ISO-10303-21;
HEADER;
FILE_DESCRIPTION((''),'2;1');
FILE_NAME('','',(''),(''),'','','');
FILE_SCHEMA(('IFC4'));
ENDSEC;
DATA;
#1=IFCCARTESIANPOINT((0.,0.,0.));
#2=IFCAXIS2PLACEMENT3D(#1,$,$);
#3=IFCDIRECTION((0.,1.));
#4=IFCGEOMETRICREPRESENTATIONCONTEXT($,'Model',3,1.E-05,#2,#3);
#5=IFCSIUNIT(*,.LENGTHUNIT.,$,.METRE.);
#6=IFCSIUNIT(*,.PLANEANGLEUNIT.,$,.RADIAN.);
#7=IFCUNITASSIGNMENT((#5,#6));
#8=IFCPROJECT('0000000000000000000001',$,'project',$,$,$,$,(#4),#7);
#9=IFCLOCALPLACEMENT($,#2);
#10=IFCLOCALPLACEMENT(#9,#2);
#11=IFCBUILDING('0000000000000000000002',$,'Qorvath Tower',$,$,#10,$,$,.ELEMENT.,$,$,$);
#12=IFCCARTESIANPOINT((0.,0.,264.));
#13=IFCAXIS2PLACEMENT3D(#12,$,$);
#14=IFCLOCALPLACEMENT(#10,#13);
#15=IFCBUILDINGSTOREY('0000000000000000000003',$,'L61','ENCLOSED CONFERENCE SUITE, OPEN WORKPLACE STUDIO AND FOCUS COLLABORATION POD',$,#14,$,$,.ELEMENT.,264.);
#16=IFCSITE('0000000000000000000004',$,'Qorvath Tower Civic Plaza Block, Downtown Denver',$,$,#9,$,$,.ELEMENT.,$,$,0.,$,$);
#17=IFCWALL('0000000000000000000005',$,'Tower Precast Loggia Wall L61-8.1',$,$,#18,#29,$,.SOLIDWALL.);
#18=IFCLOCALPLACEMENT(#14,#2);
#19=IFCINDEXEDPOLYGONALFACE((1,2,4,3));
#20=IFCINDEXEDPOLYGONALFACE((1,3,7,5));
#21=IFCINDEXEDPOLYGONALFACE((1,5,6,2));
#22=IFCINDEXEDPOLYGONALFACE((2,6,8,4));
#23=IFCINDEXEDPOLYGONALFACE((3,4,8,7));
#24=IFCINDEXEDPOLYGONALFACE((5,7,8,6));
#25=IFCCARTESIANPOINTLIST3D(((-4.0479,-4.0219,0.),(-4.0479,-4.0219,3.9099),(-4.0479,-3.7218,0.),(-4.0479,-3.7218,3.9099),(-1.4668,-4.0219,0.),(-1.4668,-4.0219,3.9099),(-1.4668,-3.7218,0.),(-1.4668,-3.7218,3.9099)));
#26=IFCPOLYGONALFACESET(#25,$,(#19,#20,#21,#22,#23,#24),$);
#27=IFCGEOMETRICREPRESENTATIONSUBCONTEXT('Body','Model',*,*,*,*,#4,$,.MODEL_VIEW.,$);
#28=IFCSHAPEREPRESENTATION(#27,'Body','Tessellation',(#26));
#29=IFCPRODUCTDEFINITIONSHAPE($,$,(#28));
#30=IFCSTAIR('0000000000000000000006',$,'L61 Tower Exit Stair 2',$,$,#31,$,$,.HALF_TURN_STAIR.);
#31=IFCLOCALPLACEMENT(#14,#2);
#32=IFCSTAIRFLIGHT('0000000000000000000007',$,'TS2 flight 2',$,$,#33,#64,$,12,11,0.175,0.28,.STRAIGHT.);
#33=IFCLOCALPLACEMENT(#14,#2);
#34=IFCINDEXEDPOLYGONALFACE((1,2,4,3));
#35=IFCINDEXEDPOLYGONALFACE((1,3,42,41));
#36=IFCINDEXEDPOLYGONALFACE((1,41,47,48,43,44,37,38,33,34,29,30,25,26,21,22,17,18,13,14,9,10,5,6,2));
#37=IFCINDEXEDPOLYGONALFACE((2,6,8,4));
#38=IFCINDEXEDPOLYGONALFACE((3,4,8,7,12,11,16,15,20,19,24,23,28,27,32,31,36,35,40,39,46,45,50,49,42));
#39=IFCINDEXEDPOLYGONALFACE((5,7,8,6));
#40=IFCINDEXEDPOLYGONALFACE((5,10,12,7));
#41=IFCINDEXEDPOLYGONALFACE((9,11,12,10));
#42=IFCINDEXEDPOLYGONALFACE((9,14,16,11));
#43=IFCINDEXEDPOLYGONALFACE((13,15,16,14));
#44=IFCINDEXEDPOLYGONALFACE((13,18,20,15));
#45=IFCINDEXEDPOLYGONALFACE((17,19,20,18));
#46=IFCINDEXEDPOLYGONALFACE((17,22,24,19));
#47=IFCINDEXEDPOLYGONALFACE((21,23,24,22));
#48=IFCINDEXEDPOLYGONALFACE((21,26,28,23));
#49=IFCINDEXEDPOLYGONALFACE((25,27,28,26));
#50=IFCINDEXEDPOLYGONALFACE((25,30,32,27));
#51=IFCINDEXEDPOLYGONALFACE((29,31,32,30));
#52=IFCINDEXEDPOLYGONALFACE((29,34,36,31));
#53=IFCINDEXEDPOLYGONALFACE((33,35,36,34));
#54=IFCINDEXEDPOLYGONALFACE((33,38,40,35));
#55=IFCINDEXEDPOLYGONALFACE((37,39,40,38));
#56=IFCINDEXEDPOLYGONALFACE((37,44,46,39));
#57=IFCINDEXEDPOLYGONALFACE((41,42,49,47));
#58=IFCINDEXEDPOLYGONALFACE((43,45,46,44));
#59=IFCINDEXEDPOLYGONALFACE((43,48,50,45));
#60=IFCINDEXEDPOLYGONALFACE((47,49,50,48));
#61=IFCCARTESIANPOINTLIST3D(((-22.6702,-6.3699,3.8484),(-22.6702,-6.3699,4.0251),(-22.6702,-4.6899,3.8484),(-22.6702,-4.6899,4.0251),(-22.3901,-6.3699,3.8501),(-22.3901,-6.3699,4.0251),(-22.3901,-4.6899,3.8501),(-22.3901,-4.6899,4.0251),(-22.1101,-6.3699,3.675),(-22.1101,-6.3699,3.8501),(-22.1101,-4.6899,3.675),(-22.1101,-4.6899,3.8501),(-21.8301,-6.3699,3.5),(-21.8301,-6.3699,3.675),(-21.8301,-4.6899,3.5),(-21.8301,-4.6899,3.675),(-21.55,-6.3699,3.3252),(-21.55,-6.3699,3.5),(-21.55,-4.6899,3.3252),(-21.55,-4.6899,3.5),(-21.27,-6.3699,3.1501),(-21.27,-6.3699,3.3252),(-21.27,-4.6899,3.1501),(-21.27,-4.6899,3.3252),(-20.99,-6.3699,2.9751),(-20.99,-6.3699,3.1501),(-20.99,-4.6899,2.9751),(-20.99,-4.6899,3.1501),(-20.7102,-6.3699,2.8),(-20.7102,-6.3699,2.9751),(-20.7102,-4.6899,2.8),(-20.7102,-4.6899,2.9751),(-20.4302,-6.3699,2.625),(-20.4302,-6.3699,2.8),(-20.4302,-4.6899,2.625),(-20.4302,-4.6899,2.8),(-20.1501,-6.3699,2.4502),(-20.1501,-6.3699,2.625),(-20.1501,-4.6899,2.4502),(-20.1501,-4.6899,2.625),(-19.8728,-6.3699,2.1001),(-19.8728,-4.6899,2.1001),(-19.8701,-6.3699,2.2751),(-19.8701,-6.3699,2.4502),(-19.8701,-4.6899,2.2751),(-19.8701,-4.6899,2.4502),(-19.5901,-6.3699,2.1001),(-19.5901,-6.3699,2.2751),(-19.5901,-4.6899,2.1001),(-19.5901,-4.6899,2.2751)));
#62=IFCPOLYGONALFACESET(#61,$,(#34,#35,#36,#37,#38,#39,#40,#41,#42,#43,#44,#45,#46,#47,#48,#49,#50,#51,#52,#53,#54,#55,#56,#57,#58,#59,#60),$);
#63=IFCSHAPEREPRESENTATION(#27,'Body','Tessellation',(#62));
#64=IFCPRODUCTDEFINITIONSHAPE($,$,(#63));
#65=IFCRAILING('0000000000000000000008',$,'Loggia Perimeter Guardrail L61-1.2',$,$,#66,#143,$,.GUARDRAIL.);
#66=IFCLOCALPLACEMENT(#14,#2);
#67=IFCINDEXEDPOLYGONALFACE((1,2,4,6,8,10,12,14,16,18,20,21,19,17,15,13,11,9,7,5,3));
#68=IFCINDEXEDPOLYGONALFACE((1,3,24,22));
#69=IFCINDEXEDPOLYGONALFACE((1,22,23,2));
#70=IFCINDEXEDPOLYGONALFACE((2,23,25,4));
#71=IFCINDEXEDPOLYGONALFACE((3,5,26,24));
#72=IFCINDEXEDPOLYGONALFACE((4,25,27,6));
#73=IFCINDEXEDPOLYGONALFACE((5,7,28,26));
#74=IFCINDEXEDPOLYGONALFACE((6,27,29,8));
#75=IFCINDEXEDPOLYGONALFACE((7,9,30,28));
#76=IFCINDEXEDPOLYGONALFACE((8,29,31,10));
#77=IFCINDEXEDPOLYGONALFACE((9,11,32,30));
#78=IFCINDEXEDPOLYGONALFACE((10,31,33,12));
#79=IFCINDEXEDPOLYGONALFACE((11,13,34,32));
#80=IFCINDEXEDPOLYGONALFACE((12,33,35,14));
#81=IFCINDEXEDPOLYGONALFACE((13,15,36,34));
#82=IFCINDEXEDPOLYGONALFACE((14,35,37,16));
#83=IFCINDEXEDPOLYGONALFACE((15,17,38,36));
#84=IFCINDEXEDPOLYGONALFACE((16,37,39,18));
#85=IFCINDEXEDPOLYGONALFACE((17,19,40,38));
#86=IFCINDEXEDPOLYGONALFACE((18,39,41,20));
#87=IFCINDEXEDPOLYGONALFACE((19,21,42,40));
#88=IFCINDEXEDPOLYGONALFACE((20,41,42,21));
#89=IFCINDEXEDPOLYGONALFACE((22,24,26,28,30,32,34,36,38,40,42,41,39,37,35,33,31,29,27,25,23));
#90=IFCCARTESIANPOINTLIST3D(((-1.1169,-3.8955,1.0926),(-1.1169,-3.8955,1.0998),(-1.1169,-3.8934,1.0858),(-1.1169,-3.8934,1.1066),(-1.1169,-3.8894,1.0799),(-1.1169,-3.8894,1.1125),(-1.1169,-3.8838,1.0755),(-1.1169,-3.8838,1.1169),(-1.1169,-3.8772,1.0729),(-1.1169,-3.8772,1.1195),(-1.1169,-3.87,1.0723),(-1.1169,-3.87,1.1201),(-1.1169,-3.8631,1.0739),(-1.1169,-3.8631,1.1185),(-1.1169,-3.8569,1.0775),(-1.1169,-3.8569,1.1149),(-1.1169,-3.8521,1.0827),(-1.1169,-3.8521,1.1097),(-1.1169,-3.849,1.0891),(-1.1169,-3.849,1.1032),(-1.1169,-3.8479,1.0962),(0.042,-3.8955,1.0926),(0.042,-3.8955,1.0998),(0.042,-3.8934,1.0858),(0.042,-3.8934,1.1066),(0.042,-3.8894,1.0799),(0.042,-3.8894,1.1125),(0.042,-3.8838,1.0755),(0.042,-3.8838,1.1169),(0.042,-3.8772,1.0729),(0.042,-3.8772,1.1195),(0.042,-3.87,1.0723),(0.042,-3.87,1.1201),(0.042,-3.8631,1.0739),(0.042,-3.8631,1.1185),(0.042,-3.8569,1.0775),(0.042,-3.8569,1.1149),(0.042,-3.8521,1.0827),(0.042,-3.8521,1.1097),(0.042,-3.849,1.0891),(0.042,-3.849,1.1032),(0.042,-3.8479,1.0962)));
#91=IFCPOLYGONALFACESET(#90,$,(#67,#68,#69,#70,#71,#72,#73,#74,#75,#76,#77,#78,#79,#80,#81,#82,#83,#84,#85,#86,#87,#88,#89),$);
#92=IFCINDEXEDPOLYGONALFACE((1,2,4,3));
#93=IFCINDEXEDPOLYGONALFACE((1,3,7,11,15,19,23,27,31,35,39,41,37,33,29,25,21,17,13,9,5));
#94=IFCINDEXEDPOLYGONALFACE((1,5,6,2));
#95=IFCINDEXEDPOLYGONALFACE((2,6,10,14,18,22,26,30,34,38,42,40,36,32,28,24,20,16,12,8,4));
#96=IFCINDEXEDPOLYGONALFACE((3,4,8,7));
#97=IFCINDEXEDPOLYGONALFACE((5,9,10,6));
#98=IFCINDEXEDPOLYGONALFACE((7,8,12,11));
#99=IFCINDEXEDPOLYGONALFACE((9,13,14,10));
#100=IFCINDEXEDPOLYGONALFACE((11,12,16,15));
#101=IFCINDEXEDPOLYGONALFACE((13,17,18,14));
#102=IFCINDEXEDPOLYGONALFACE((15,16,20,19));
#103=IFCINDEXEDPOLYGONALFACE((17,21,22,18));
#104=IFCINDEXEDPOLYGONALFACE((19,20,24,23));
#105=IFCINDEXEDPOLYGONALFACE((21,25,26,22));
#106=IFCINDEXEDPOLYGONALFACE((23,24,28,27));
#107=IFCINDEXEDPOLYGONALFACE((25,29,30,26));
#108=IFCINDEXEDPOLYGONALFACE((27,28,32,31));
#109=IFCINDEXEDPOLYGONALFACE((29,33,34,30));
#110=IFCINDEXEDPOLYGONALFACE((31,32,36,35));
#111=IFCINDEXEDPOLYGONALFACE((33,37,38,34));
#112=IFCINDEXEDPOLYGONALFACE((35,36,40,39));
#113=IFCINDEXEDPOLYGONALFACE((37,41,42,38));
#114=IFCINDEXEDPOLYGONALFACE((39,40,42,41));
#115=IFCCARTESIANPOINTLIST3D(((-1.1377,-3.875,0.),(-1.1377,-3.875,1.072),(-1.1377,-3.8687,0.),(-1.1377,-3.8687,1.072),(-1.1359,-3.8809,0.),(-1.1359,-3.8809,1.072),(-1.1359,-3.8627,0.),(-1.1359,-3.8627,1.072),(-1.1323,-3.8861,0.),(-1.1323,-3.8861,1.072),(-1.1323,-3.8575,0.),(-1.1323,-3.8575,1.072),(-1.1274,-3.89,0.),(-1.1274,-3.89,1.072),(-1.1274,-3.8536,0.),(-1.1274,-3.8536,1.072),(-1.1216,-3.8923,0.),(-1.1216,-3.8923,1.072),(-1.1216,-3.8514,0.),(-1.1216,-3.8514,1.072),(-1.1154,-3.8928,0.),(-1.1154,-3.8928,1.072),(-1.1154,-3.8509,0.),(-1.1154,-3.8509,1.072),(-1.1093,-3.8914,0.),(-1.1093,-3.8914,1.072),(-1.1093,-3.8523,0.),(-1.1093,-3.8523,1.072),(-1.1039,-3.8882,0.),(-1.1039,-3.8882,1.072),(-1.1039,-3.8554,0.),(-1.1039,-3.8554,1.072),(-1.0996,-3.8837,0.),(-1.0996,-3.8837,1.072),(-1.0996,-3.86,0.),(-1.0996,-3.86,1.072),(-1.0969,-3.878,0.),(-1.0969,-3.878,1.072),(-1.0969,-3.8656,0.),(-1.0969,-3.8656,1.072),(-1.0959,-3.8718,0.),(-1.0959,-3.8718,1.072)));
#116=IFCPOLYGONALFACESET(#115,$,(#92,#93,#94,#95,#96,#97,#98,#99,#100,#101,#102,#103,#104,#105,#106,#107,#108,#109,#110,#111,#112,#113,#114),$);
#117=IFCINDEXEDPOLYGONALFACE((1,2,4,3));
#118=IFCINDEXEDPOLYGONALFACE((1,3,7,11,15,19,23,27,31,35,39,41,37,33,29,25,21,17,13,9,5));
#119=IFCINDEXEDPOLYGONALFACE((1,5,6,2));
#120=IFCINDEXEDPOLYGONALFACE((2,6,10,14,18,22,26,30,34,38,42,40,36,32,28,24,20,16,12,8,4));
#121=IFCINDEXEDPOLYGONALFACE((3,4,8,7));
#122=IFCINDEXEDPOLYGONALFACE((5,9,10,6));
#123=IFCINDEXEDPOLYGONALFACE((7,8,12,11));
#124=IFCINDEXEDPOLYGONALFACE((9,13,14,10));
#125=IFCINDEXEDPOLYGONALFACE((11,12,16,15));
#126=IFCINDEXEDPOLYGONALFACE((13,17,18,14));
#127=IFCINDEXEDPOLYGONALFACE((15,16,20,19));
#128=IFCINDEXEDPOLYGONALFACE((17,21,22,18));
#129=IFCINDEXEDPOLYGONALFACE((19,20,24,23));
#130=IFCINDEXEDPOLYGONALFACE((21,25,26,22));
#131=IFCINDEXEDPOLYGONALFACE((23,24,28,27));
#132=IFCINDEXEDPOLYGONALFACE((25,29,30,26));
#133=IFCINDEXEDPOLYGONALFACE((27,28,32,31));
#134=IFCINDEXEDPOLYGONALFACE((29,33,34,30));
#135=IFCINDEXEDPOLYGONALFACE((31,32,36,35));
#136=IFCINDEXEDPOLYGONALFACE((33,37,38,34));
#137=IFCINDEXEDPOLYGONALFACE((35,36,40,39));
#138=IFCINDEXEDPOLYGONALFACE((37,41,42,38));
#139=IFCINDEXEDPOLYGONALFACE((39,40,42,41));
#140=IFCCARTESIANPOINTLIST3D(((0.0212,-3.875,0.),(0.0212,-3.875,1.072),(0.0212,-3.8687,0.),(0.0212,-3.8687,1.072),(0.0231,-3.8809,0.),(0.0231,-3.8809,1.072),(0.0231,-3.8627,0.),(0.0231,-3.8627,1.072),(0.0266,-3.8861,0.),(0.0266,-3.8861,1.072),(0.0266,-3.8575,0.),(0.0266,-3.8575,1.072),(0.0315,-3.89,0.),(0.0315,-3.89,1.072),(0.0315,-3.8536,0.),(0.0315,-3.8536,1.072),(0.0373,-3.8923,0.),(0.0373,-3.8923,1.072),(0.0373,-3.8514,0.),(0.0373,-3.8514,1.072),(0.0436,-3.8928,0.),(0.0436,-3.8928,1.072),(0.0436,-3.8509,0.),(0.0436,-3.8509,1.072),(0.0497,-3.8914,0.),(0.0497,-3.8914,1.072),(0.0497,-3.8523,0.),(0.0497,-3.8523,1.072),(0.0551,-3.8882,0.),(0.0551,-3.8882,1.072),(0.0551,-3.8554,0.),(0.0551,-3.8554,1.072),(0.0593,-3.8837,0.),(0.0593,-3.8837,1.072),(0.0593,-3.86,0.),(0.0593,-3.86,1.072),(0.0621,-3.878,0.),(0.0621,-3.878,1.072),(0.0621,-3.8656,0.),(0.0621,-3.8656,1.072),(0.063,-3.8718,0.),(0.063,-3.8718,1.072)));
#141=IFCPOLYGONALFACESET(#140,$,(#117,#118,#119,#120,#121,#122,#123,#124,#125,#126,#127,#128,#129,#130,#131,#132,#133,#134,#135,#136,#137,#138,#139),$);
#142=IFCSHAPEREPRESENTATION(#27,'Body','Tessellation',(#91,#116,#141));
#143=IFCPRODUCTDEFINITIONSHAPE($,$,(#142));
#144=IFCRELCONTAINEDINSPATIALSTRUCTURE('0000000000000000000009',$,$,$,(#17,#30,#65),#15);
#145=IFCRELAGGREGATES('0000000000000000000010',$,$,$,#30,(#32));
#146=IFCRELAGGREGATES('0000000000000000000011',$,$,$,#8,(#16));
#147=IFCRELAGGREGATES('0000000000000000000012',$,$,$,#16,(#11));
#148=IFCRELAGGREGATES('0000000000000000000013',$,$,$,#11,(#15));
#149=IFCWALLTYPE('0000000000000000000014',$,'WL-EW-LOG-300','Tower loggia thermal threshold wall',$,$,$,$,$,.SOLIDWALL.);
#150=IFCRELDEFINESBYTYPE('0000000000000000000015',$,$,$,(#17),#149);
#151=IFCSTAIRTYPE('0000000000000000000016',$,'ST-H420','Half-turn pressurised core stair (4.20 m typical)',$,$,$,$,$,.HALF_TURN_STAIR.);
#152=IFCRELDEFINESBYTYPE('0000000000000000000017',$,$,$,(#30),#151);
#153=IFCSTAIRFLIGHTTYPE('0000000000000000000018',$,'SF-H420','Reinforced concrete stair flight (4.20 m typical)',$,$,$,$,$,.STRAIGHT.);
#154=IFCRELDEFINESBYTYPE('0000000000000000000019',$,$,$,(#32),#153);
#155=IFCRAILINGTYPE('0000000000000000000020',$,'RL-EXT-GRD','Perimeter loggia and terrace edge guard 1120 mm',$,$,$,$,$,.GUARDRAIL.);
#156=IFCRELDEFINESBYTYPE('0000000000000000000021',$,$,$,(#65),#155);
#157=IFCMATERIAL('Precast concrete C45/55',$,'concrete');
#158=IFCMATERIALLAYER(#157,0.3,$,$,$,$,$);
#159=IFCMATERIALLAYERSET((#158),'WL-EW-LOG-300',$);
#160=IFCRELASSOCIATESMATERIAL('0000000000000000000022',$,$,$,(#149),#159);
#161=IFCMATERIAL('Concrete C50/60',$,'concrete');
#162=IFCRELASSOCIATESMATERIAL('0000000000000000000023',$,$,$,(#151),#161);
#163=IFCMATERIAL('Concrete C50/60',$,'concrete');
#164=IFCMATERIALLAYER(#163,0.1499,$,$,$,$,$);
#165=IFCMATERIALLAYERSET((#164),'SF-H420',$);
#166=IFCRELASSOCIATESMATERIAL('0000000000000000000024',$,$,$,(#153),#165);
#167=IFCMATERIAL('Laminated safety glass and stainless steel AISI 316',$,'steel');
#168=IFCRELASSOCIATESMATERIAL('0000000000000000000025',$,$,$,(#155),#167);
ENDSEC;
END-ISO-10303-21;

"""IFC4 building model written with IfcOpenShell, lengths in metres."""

from ifc_helpers import new_model, si_unit, direction, frame, frame_2d, origin, origin_2d, place, context, subcontext, project, spatial, polyline, rectangle, circle, outline, extrude, material, layer, layer_set, type_object, element, aggregate, save


model = new_model("IFC4")

# Units and contexts
model_context = context("Model", 3, precision=1e-05, world=origin(), true_north=direction((0.0, 1.0)))
body_context = subcontext(model_context, "Body", "Model", "MODEL_VIEW")
ifc_project = project(units=[si_unit("LENGTHUNIT", "METRE"), si_unit("PLANEANGLEUNIT", "RADIAN")], contexts=[model_context])

# Site, building, storey
site_placement = place(None, origin())
site = spatial("IfcSite", under=ifc_project, at=site_placement, Name="Qorvath Tower Civic Plaza Block, Downtown Denver", CompositionType="ELEMENT", RefElevation=0.0)
building_placement = place(site_placement, origin())
building = spatial("IfcBuilding", under=site, at=building_placement, Name="Qorvath Tower", CompositionType="ELEMENT")
storey_placement = place(building_placement, frame((0.0, 0.0, 264.0)))
storey = spatial("IfcBuildingStorey", under=building, at=storey_placement, Name="L61", Description="ENCLOSED CONFERENCE SUITE, OPEN WORKPLACE STUDIO AND FOCUS COLLABORATION POD", CompositionType="ELEMENT", Elevation=264.0)

# Wall
ifc_material_1 = material(Name="Precast concrete C45/55", Category="concrete")
ifc_layer_1 = layer(ifc_material_1, 0.3)
ifc_layer_set_1 = layer_set([ifc_layer_1], Name="WL-EW-LOG-300")
wall_type_1 = type_object("IfcWallType", Name="WL-EW-LOG-300", Description="Tower loggia thermal threshold wall", PredefinedType="SOLIDWALL", material=ifc_layer_set_1)
wall_1_placement = place(storey_placement, frame((-1.4668, -3.8718, 0.0), z_axis=(0.0, 0.0, 1.0), x_axis=(-1.0, 0.0, 0.0)))
element("IfcWall", 1, at=wall_1_placement, inside=storey, type_object=wall_type_1, Name="Tower Precast Loggia Wall L61-8.1", PredefinedType="SOLIDWALL", context=body_context, shape_type="SweptSolid", body=[
    extrude(rectangle(XDim=2.5811, YDim=0.3, at=frame_2d((1.2905, 0.0))), origin(), (0.0, 0.0, 1.0), 3.9099),
])

# Stair, stair flight
ifc_material_2 = material(Name="Concrete C50/60", Category="concrete")
stair_type = type_object("IfcStairType", Name="ST-H420", Description="Half-turn pressurised core stair (4.20 m typical)", PredefinedType="HALF_TURN_STAIR", material=ifc_material_2)
stair_placement = place(storey_placement, origin())
stair = element("IfcStair", 2, at=stair_placement, inside=storey, type_object=stair_type, Name="L61 Tower Exit Stair 2", PredefinedType="HALF_TURN_STAIR")
ifc_material_3 = material(Name="Concrete C50/60", Category="concrete")
ifc_layer_2 = layer(ifc_material_3, 0.1499)
ifc_layer_set_2 = layer_set([ifc_layer_2], Name="SF-H420")
stair_flight_type = type_object("IfcStairFlightType", Name="SF-H420", Description="Reinforced concrete stair flight (4.20 m typical)", PredefinedType="STRAIGHT", material=ifc_layer_set_2)
stair_flight_placement = place(storey_placement, frame((-19.5901, -5.53, 2.1001), z_axis=(0.0, 0.0, 1.0), x_axis=(-1.0, 0.0, 0.0)))
stair_flight = element("IfcStairFlight", 3, at=stair_flight_placement, type_object=stair_flight_type, Name="TS2 flight 2", NumberOfRisers=12, NumberOfTreads=11, PredefinedType="STRAIGHT", RiserHeight=0.175, TreadLength=0.28, context=body_context, shape_type="SweptSolid", body=[
    extrude(outline(polyline([(0.0, 0.0), (0.0, 0.175), (0.28, 0.175), (0.28, 0.3501), (0.5601, 0.3501), (0.5601, 0.5249), (0.8401, 0.5249), (0.8401, 0.7), (1.1201, 0.7), (1.1201, 0.875), (1.3999, 0.875), (1.3999, 1.05), (1.6799, 1.05), (1.6799, 1.2251), (1.96, 1.2251), (1.96, 1.3999), (2.24, 1.3999), (2.24, 1.575), (2.52, 1.575), (2.52, 1.75), (2.8, 1.75), (2.8, 1.925), (3.0801, 1.925), (3.0801, 2.1001), (3.0801, 1.7483), (0.2827, 0.0), (0.0, 0.0)])), frame((0.0, 0.8398, 0.0), z_axis=(0.0, -1.0, 0.0), x_axis=(1.0, 0.0, 0.0)), (0.0, 0.0, 1.0), 1.6799),
])
aggregate(stair, [stair_flight])

# Railing
ifc_material_4 = material(Name="Laminated safety glass and stainless steel AISI 316", Category="steel")
railing_type_1 = type_object("IfcRailingType", Name="RL-EXT-GRD", Description="Perimeter loggia and terrace edge guard 1120 mm", PredefinedType="GUARDRAIL", material=ifc_material_4)
railing_1_placement = place(storey_placement, frame((-1.1169, -3.8718, 0.0)))
element("IfcRailing", 4, at=railing_1_placement, inside=storey, type_object=railing_type_1, Name="Loggia Perimeter Guardrail L61-1.2", PredefinedType="GUARDRAIL", context=body_context, shape_type="SweptSolid", body=[
    extrude(circle(Radius=0.0239, at=origin_2d()), frame((0.0, 0.0, 1.0962), z_axis=(1.0, 0.0, 0.0), x_axis=(0.0, 1.0, 0.0)), (0.0, 0.0, 1.0), 1.1589),
    extrude(circle(Radius=0.021, at=origin_2d()), origin(), (0.0, 0.0, 1.0), 1.072),
    extrude(circle(Radius=0.021, at=origin_2d()), frame((1.1589, 0.0, 0.0)), (0.0, 0.0, 1.0), 1.072),
])

save(model, "model.ifc")
